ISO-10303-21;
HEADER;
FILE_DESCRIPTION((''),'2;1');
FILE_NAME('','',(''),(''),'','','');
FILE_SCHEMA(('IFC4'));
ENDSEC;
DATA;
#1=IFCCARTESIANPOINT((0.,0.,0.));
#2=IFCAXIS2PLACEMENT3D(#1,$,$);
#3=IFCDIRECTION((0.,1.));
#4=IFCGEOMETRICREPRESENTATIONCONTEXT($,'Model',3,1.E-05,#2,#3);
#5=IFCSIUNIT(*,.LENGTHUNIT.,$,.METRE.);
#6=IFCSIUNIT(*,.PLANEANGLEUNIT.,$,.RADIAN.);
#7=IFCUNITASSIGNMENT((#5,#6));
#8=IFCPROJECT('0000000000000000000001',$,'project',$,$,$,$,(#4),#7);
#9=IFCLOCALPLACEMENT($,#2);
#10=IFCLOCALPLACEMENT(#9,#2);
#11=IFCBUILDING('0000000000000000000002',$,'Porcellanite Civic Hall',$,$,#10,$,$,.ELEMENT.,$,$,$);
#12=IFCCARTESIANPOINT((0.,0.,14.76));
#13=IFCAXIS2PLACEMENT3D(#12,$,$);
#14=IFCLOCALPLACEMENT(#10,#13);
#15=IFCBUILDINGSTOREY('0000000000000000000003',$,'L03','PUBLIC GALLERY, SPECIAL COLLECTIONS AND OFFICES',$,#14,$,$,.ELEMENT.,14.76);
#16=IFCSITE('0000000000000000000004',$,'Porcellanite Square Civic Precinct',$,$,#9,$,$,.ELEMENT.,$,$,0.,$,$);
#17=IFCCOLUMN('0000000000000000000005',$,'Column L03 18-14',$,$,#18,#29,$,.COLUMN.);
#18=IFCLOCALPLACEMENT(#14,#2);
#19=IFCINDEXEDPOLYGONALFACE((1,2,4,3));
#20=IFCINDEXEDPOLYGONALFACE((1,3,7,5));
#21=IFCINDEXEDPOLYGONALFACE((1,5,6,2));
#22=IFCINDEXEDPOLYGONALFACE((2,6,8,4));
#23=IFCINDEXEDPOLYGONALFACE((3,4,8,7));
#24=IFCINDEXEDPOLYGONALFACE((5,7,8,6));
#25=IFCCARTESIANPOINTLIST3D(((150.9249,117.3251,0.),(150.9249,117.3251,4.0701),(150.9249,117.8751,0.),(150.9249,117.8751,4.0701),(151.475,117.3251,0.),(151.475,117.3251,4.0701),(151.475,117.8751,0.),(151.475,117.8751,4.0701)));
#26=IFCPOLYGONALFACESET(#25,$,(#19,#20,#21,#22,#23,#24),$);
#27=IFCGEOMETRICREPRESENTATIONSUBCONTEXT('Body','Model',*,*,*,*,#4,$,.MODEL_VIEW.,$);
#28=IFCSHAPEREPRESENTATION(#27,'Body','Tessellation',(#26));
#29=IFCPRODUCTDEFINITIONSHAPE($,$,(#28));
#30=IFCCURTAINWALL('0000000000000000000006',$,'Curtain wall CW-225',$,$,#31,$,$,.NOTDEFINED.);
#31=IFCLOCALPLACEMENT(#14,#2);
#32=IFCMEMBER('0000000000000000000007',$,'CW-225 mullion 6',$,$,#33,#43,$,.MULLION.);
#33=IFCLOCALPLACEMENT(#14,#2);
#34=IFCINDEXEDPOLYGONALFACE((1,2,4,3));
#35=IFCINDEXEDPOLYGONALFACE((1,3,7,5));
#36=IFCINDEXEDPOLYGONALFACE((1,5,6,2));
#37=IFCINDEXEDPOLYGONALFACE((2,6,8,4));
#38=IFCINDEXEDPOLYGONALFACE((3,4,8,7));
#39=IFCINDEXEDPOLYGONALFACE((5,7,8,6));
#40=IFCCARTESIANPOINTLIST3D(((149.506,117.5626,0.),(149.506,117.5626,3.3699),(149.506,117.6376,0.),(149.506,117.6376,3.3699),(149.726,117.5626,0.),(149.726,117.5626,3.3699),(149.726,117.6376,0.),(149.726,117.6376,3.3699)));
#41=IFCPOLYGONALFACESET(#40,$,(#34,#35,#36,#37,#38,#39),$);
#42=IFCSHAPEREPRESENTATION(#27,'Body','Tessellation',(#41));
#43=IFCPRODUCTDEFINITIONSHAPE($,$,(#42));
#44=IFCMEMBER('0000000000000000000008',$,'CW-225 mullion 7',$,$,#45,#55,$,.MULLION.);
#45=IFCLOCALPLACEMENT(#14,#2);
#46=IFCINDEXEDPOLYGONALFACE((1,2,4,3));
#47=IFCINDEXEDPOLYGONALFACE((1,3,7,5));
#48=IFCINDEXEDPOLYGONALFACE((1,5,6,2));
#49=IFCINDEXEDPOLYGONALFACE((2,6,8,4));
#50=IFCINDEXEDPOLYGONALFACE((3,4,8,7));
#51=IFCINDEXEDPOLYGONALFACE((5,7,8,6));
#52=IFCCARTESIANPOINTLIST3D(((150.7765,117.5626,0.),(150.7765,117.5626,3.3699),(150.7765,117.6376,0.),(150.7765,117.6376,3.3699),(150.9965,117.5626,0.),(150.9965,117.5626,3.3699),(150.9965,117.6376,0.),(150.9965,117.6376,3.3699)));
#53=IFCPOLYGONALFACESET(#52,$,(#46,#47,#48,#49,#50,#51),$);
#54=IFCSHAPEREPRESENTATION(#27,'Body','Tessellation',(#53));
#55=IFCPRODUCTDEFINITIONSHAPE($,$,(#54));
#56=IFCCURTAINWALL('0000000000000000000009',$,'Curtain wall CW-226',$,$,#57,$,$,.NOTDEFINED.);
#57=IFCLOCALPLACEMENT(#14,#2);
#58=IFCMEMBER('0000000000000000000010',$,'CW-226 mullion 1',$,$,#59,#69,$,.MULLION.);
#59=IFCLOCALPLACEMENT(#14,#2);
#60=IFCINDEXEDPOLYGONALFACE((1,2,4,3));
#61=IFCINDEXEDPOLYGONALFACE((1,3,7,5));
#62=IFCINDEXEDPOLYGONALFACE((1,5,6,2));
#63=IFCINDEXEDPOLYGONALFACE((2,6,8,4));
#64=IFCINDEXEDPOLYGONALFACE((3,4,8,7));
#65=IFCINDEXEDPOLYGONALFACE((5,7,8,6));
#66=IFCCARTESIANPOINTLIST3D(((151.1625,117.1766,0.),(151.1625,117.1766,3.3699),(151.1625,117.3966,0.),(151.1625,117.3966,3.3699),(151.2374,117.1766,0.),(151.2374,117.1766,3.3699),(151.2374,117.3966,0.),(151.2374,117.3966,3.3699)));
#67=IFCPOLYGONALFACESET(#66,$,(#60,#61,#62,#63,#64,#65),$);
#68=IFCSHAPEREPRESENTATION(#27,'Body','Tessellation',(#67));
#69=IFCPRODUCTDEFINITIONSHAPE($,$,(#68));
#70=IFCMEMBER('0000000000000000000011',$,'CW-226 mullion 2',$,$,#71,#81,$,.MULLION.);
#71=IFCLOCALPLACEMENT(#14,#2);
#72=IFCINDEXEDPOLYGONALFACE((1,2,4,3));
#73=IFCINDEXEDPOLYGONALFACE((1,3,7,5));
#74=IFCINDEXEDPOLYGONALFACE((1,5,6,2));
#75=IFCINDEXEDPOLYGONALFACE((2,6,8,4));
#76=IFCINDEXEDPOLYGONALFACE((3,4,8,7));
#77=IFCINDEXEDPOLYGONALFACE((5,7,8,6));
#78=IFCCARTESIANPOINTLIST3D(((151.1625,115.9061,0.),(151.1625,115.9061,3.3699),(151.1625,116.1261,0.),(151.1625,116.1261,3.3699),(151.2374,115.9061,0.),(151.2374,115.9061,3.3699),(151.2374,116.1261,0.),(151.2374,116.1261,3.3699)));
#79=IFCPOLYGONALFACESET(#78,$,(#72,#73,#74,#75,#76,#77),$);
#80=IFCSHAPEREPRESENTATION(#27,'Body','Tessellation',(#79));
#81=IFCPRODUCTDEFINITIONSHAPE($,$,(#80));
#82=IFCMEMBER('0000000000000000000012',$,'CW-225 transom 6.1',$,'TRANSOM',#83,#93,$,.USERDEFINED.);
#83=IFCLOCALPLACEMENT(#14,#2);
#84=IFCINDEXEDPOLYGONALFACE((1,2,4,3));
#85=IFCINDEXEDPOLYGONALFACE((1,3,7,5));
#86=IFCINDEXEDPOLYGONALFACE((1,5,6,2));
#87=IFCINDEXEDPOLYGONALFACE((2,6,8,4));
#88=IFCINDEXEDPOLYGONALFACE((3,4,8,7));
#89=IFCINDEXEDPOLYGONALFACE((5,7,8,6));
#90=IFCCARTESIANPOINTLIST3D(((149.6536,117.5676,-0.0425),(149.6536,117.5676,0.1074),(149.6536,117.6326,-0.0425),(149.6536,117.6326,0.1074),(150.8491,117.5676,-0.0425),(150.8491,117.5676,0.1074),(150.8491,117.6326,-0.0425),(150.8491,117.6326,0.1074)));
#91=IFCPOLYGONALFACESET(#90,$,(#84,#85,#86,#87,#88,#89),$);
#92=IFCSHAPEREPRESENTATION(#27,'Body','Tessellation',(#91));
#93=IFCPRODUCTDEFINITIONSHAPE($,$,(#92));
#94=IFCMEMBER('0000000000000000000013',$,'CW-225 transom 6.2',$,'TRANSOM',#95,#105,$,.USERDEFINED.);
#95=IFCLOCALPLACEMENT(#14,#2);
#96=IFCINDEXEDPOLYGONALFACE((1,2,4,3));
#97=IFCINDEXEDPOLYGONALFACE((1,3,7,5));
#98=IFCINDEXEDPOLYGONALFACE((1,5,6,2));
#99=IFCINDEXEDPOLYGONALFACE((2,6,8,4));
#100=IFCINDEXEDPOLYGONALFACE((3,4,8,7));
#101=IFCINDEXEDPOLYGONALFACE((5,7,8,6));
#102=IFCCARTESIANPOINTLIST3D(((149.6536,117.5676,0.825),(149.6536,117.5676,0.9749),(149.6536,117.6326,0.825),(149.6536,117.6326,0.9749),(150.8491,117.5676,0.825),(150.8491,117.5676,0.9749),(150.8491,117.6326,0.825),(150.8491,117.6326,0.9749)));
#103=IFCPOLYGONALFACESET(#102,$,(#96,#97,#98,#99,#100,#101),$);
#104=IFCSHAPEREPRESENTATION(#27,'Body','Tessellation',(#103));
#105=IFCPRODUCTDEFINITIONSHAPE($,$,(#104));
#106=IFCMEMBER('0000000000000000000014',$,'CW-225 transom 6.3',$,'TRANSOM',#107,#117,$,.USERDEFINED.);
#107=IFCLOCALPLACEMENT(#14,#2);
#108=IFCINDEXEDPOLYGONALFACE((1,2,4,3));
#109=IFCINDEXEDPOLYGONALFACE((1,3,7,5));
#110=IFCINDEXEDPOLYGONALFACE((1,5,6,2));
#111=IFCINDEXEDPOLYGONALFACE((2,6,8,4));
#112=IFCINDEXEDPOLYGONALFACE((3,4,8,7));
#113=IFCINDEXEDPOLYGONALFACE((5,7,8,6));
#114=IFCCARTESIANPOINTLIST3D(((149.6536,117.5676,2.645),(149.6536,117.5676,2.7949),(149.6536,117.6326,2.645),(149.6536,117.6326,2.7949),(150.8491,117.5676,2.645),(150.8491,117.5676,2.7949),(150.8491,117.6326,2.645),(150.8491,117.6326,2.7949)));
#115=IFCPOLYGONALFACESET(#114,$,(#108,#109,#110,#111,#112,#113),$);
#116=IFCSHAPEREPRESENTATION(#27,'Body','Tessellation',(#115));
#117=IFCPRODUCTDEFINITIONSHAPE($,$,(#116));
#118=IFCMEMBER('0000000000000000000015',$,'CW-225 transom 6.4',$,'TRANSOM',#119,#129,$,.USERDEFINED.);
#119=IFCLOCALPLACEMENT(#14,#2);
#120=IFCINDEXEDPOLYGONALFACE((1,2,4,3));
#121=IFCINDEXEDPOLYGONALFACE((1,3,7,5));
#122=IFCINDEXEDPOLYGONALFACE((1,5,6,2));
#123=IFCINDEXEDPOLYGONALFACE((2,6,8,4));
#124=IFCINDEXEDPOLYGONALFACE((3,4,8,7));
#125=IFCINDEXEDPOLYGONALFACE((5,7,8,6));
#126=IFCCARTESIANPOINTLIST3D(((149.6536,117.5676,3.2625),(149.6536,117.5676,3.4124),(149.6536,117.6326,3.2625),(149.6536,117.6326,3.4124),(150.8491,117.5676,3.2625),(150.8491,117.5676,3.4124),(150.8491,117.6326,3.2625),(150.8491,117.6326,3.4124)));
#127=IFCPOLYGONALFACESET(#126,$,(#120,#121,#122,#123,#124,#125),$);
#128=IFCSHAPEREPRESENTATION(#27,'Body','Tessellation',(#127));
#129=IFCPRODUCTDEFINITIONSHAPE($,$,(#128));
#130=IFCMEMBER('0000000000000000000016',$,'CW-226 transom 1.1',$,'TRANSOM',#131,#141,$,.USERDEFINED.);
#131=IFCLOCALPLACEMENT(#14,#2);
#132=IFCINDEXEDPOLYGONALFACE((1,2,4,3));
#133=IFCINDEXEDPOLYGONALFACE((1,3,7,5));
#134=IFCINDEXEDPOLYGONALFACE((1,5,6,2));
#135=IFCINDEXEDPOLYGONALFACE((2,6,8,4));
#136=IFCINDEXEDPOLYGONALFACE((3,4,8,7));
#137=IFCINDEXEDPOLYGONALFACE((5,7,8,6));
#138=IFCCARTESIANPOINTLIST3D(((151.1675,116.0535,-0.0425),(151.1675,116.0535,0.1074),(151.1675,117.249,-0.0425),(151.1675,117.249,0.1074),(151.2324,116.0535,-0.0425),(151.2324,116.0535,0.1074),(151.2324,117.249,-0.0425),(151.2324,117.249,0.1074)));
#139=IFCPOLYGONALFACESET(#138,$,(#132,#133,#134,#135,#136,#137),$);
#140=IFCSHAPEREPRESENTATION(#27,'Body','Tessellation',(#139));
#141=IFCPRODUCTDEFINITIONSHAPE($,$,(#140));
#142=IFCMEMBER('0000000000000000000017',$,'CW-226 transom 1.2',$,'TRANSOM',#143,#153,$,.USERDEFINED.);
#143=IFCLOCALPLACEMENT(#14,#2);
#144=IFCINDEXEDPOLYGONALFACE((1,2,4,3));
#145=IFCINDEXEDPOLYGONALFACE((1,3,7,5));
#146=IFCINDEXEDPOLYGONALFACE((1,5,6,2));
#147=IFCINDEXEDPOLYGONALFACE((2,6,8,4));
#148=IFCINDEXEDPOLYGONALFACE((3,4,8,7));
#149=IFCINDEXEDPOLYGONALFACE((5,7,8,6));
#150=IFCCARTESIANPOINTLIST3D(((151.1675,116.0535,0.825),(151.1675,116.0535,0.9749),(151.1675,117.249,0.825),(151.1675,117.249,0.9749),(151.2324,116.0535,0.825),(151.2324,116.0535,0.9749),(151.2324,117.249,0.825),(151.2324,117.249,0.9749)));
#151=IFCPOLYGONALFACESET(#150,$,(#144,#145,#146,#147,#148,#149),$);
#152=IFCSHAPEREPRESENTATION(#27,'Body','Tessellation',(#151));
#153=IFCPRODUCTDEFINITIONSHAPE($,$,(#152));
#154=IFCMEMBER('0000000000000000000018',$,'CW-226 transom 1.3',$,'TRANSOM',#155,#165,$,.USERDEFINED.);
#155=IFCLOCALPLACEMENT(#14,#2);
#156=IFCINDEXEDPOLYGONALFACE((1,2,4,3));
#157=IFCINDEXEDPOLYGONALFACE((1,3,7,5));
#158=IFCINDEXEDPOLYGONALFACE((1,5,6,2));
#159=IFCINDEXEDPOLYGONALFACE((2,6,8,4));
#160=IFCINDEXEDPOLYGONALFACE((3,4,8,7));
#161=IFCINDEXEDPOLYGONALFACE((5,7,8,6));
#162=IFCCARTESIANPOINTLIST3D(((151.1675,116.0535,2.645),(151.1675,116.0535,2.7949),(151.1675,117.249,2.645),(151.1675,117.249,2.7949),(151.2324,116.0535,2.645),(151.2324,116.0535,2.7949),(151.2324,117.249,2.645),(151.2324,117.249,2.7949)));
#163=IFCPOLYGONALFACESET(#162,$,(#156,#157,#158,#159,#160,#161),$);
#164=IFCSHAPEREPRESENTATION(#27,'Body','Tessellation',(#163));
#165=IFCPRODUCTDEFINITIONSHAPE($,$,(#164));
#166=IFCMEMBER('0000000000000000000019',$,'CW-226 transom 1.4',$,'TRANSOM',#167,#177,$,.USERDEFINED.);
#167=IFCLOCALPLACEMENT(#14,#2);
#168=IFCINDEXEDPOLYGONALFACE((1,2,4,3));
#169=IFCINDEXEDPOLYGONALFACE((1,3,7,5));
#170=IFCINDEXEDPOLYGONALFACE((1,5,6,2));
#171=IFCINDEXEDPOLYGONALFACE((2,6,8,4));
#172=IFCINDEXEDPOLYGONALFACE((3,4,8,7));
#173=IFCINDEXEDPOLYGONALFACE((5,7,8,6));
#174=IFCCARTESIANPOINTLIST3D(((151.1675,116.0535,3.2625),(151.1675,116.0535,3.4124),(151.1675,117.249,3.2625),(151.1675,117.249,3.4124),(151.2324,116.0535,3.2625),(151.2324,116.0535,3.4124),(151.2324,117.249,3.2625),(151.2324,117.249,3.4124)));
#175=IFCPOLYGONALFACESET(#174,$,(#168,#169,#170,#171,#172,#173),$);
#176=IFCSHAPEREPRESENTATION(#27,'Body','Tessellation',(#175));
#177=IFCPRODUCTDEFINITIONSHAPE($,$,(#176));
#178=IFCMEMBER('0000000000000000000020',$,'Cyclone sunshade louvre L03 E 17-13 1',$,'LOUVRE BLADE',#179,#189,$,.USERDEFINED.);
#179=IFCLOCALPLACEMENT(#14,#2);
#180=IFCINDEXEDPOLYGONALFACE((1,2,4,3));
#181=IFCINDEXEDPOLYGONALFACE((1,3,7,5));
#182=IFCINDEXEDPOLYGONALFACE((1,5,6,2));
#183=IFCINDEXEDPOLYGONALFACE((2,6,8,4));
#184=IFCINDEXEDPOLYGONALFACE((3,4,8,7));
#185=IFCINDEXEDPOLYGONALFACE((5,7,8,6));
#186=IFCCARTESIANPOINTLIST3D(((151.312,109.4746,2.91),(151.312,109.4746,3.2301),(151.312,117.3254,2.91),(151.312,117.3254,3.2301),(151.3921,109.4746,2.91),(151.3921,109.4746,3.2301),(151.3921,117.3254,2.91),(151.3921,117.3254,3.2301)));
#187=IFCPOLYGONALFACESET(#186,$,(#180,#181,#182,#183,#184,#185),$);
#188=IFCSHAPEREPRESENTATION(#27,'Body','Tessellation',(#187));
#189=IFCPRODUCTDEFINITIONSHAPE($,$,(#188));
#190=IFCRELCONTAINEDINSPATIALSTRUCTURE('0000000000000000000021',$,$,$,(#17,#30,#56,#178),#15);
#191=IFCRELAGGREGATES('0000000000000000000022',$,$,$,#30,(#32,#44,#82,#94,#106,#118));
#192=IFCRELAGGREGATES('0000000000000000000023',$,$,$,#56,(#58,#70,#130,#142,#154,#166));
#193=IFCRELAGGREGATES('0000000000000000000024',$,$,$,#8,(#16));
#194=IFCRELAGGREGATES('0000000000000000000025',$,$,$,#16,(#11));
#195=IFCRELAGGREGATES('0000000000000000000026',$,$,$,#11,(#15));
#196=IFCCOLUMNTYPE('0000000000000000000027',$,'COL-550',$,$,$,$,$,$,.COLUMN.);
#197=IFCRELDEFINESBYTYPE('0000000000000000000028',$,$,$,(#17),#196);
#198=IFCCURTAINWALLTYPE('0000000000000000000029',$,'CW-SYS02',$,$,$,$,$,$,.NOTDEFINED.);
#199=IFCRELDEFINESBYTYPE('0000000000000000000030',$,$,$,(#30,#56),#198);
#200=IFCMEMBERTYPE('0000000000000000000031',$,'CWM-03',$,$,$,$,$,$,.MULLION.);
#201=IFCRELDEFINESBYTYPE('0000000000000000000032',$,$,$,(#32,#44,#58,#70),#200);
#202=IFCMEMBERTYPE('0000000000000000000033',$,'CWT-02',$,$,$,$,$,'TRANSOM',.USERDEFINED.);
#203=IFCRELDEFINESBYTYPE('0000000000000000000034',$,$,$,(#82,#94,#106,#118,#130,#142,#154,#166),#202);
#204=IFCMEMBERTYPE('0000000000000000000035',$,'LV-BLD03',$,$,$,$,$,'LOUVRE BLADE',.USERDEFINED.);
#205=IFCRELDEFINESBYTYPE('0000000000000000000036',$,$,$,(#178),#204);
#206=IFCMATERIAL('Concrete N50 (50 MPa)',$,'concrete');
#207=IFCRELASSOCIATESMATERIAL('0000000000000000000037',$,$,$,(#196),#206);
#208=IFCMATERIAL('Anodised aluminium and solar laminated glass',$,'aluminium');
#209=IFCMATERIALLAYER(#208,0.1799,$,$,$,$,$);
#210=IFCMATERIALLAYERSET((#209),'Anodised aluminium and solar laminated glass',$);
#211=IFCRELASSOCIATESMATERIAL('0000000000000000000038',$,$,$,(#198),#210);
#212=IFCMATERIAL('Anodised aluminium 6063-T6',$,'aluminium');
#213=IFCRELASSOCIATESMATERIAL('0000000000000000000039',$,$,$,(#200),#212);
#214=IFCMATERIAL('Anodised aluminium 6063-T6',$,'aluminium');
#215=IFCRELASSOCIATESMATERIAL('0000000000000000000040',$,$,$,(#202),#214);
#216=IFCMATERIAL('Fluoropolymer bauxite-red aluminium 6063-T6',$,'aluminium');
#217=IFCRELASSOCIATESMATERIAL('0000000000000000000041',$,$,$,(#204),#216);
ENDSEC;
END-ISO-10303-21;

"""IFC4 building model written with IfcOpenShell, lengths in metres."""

from ifc_helpers import new_model, si_unit, direction, frame, origin, origin_2d, place, context, subcontext, project, spatial, rectangle, extrude, material, layer, layer_set, material_profile, profile_set, type_object, element, aggregate, save


model = new_model("IFC4")

# Units and contexts
model_context = context("Model", 3, precision=1e-05, world=origin(), true_north=direction((0.0, 1.0)))
body_context = subcontext(model_context, "Body", "Model", "MODEL_VIEW")
ifc_project = project(units=[si_unit("LENGTHUNIT", "METRE"), si_unit("PLANEANGLEUNIT", "RADIAN")], contexts=[model_context])

# Site, building, storey
site_placement = place(None, origin())
site = spatial("IfcSite", under=ifc_project, at=site_placement, Name="Porcellanite Square Civic Precinct", CompositionType="ELEMENT", RefElevation=0.0)
building_placement = place(site_placement, origin())
building = spatial("IfcBuilding", under=site, at=building_placement, Name="Porcellanite Civic Hall", CompositionType="ELEMENT")
storey_placement = place(building_placement, frame((0.0, 0.0, 14.76)))
storey = spatial("IfcBuildingStorey", under=building, at=storey_placement, Name="L03", Description="PUBLIC GALLERY, SPECIAL COLLECTIONS AND OFFICES", CompositionType="ELEMENT", Elevation=14.76)

# Column
ifc_material_1 = material(Name="Concrete N50 (50 MPa)", Category="concrete")
ifc_material_profile_1 = material_profile(ifc_material_1, rectangle(XDim=0.55, YDim=0.55, at=origin_2d()), Name="RC-550x550")
ifc_profile_set_1 = profile_set([ifc_material_profile_1], Name="Concrete N50 (50 MPa)")
column_type = type_object("IfcColumnType", Name="COL-550", PredefinedType="COLUMN", material=ifc_profile_set_1)
column_placement = place(storey_placement, frame((151.2, 117.6001, 0.0), z_axis=(0.0, 0.0, 1.0), x_axis=(1.0, 0.0, 0.0)))
element("IfcColumn", 1, at=column_placement, inside=storey, type_object=column_type, Name="Column L03 18-14", PredefinedType="COLUMN", context=body_context, shape_type="SweptSolid", body=[
    extrude(rectangle(XDim=0.55, YDim=0.55, at=origin_2d()), origin(), (0.0, 0.0, 1.0), 4.0701),
])

# Curtain walls, members
ifc_material_2 = material(Name="Anodised aluminium and solar laminated glass", Category="aluminium")
ifc_layer_1 = layer(ifc_material_2, 0.1799)
ifc_layer_set_1 = layer_set([ifc_layer_1], Name="Anodised aluminium and solar laminated glass")
curtain_wall_type = type_object("IfcCurtainWallType", Name="CW-SYS02", PredefinedType="NOTDEFINED", material=ifc_layer_set_1)
curtain_wall_1_placement = place(storey_placement, origin())
curtain_wall_1 = element("IfcCurtainWall", 2, at=curtain_wall_1_placement, inside=storey, type_object=curtain_wall_type, Name="Curtain wall CW-225", PredefinedType="NOTDEFINED")
ifc_material_3 = material(Name="Anodised aluminium 6063-T6", Category="aluminium")
ifc_material_profile_2 = material_profile(ifc_material_3, rectangle(XDim=0.075, YDim=0.22, at=origin_2d()), Name="AL-75x220")
ifc_profile_set_2 = profile_set([ifc_material_profile_2], Name="Anodised aluminium 6063-T6")
member_type_1 = type_object("IfcMemberType", Name="CWM-03", PredefinedType="MULLION", material=ifc_profile_set_2)
member_1_placement = place(storey_placement, frame((149.616, 117.6001, 0.0), z_axis=(0.0, 0.0, 1.0), x_axis=(0.0, 1.0, 0.0)))
member_1 = element("IfcMember", 3, at=member_1_placement, type_object=member_type_1, Name="CW-225 mullion 6", PredefinedType="MULLION", context=body_context, shape_type="SweptSolid", body=[
    extrude(rectangle(XDim=0.075, YDim=0.22, at=origin_2d()), origin(), (0.0, 0.0, 1.0), 3.3699),
])
member_2_placement = place(storey_placement, frame((150.8865, 117.6001, 0.0), z_axis=(0.0, 0.0, 1.0), x_axis=(0.0, 1.0, 0.0)))
member_2 = element("IfcMember", 4, at=member_2_placement, type_object=member_type_1, Name="CW-225 mullion 7", PredefinedType="MULLION", context=body_context, shape_type="SweptSolid", body=[
    extrude(rectangle(XDim=0.075, YDim=0.22, at=origin_2d()), origin(), (0.0, 0.0, 1.0), 3.3699),
])
curtain_wall_2_placement = place(storey_placement, origin())
curtain_wall_2 = element("IfcCurtainWall", 5, at=curtain_wall_2_placement, inside=storey, type_object=curtain_wall_type, Name="Curtain wall CW-226", PredefinedType="NOTDEFINED")
member_3_placement = place(storey_placement, frame((151.2, 117.2866, 0.0), z_axis=(0.0, 0.0, 1.0), x_axis=(1.0, 0.0, 0.0)))
member_3 = element("IfcMember", 6, at=member_3_placement, type_object=member_type_1, Name="CW-226 mullion 1", PredefinedType="MULLION", context=body_context, shape_type="SweptSolid", body=[
    extrude(rectangle(XDim=0.075, YDim=0.22, at=origin_2d()), origin(), (0.0, 0.0, 1.0), 3.3699),
])
member_4_placement = place(storey_placement, frame((151.2, 116.0161, 0.0), z_axis=(0.0, 0.0, 1.0), x_axis=(1.0, 0.0, 0.0)))
member_4 = element("IfcMember", 7, at=member_4_placement, type_object=member_type_1, Name="CW-226 mullion 2", PredefinedType="MULLION", context=body_context, shape_type="SweptSolid", body=[
    extrude(rectangle(XDim=0.075, YDim=0.22, at=origin_2d()), origin(), (0.0, 0.0, 1.0), 3.3699),
])

# Members
ifc_material_4 = material(Name="Anodised aluminium 6063-T6", Category="aluminium")
ifc_material_profile_3 = material_profile(ifc_material_4, rectangle(XDim=0.0649, YDim=0.1499, at=origin_2d()), Name="AL-65x150")
ifc_profile_set_3 = profile_set([ifc_material_profile_3], Name="Anodised aluminium 6063-T6")
member_type_2 = type_object("IfcMemberType", Name="CWT-02", ElementType="TRANSOM", PredefinedType="USERDEFINED", material=ifc_profile_set_3)
member_5_placement = place(storey_placement, frame((149.6536, 117.6001, 0.0325), z_axis=(1.0, 0.0, 0.0), x_axis=(0.0, 1.0, 0.0)))
member_5 = element("IfcMember", 8, at=member_5_placement, type_object=member_type_2, Name="CW-225 transom 6.1", ObjectType="TRANSOM", PredefinedType="USERDEFINED", context=body_context, shape_type="SweptSolid", body=[
    extrude(rectangle(XDim=0.0649, YDim=0.1499, at=origin_2d()), origin(), (0.0, 0.0, 1.0), 1.1956),
])
member_6_placement = place(storey_placement, frame((149.6536, 117.6001, 0.8999), z_axis=(1.0, 0.0, 0.0), x_axis=(0.0, 1.0, 0.0)))
member_6 = element("IfcMember", 9, at=member_6_placement, type_object=member_type_2, Name="CW-225 transom 6.2", ObjectType="TRANSOM", PredefinedType="USERDEFINED", context=body_context, shape_type="SweptSolid", body=[
    extrude(rectangle(XDim=0.0649, YDim=0.1499, at=origin_2d()), origin(), (0.0, 0.0, 1.0), 1.1956),
])
member_7_placement = place(storey_placement, frame((149.6536, 117.6001, 2.72), z_axis=(1.0, 0.0, 0.0), x_axis=(0.0, 1.0, 0.0)))
member_7 = element("IfcMember", 10, at=member_7_placement, type_object=member_type_2, Name="CW-225 transom 6.3", ObjectType="TRANSOM", PredefinedType="USERDEFINED", context=body_context, shape_type="SweptSolid", body=[
    extrude(rectangle(XDim=0.0649, YDim=0.1499, at=origin_2d()), origin(), (0.0, 0.0, 1.0), 1.1956),
])
member_8_placement = place(storey_placement, frame((149.6536, 117.6001, 3.3374), z_axis=(1.0, 0.0, 0.0), x_axis=(0.0, 1.0, 0.0)))
member_8 = element("IfcMember", 11, at=member_8_placement, type_object=member_type_2, Name="CW-225 transom 6.4", ObjectType="TRANSOM", PredefinedType="USERDEFINED", context=body_context, shape_type="SweptSolid", body=[
    extrude(rectangle(XDim=0.0649, YDim=0.1499, at=origin_2d()), origin(), (0.0, 0.0, 1.0), 1.1956),
])
member_9_placement = place(storey_placement, frame((151.2, 117.249, 0.0325), z_axis=(0.0, -1.0, 0.0), x_axis=(1.0, 0.0, 0.0)))
member_9 = element("IfcMember", 12, at=member_9_placement, type_object=member_type_2, Name="CW-226 transom 1.1", ObjectType="TRANSOM", PredefinedType="USERDEFINED", context=body_context, shape_type="SweptSolid", body=[
    extrude(rectangle(XDim=0.0649, YDim=0.1499, at=origin_2d()), origin(), (0.0, 0.0, 1.0), 1.1956),
])
member_10_placement = place(storey_placement, frame((151.2, 117.249, 0.8999), z_axis=(0.0, -1.0, 0.0), x_axis=(1.0, 0.0, 0.0)))
member_10 = element("IfcMember", 13, at=member_10_placement, type_object=member_type_2, Name="CW-226 transom 1.2", ObjectType="TRANSOM", PredefinedType="USERDEFINED", context=body_context, shape_type="SweptSolid", body=[
    extrude(rectangle(XDim=0.0649, YDim=0.1499, at=origin_2d()), origin(), (0.0, 0.0, 1.0), 1.1956),
])
member_11_placement = place(storey_placement, frame((151.2, 117.249, 2.72), z_axis=(0.0, -1.0, 0.0), x_axis=(1.0, 0.0, 0.0)))
member_11 = element("IfcMember", 14, at=member_11_placement, type_object=member_type_2, Name="CW-226 transom 1.3", ObjectType="TRANSOM", PredefinedType="USERDEFINED", context=body_context, shape_type="SweptSolid", body=[
    extrude(rectangle(XDim=0.0649, YDim=0.1499, at=origin_2d()), origin(), (0.0, 0.0, 1.0), 1.1956),
])
member_12_placement = place(storey_placement, frame((151.2, 117.249, 3.3374), z_axis=(0.0, -1.0, 0.0), x_axis=(1.0, 0.0, 0.0)))
member_12 = element("IfcMember", 15, at=member_12_placement, type_object=member_type_2, Name="CW-226 transom 1.4", ObjectType="TRANSOM", PredefinedType="USERDEFINED", context=body_context, shape_type="SweptSolid", body=[
    extrude(rectangle(XDim=0.0649, YDim=0.1499, at=origin_2d()), origin(), (0.0, 0.0, 1.0), 1.1956),
])

# Member
ifc_material_5 = material(Name="Fluoropolymer bauxite-red aluminium 6063-T6", Category="aluminium")
ifc_material_profile_4 = material_profile(ifc_material_5, rectangle(XDim=0.0801, YDim=0.3201, at=origin_2d()), Name="AL-80x320")
ifc_profile_set_4 = profile_set([ifc_material_profile_4], Name="Fluoropolymer bauxite-red aluminium 6063-T6")
member_type_3 = type_object("IfcMemberType", Name="LV-BLD03", ElementType="LOUVRE BLADE", PredefinedType="USERDEFINED", material=ifc_profile_set_4)
for number, where, z_axis, x_axis, name in (
    (16, (151.3521, 117.3254, 3.0701), (0.0, -1.0, 0.0), (1.0, 0.0, 0.0), "Cyclone sunshade louvre L03 E 17-13 1"),
):
    element("IfcMember", number, at=place(storey_placement, frame(where, z_axis=z_axis, x_axis=x_axis)), inside=storey, type_object=member_type_3, Name=name, ObjectType="LOUVRE BLADE", PredefinedType="USERDEFINED", context=body_context, shape_type="SweptSolid", body=[
        extrude(rectangle(XDim=0.0801, YDim=0.3201, at=origin_2d()), origin(), (0.0, 0.0, 1.0), 7.8508),
    ])

aggregate(curtain_wall_1, [member_1, member_2, member_5, member_6, member_7, member_8])
aggregate(curtain_wall_2, [member_3, member_4, member_9, member_10, member_11, member_12])

save(model, "model.ifc")
